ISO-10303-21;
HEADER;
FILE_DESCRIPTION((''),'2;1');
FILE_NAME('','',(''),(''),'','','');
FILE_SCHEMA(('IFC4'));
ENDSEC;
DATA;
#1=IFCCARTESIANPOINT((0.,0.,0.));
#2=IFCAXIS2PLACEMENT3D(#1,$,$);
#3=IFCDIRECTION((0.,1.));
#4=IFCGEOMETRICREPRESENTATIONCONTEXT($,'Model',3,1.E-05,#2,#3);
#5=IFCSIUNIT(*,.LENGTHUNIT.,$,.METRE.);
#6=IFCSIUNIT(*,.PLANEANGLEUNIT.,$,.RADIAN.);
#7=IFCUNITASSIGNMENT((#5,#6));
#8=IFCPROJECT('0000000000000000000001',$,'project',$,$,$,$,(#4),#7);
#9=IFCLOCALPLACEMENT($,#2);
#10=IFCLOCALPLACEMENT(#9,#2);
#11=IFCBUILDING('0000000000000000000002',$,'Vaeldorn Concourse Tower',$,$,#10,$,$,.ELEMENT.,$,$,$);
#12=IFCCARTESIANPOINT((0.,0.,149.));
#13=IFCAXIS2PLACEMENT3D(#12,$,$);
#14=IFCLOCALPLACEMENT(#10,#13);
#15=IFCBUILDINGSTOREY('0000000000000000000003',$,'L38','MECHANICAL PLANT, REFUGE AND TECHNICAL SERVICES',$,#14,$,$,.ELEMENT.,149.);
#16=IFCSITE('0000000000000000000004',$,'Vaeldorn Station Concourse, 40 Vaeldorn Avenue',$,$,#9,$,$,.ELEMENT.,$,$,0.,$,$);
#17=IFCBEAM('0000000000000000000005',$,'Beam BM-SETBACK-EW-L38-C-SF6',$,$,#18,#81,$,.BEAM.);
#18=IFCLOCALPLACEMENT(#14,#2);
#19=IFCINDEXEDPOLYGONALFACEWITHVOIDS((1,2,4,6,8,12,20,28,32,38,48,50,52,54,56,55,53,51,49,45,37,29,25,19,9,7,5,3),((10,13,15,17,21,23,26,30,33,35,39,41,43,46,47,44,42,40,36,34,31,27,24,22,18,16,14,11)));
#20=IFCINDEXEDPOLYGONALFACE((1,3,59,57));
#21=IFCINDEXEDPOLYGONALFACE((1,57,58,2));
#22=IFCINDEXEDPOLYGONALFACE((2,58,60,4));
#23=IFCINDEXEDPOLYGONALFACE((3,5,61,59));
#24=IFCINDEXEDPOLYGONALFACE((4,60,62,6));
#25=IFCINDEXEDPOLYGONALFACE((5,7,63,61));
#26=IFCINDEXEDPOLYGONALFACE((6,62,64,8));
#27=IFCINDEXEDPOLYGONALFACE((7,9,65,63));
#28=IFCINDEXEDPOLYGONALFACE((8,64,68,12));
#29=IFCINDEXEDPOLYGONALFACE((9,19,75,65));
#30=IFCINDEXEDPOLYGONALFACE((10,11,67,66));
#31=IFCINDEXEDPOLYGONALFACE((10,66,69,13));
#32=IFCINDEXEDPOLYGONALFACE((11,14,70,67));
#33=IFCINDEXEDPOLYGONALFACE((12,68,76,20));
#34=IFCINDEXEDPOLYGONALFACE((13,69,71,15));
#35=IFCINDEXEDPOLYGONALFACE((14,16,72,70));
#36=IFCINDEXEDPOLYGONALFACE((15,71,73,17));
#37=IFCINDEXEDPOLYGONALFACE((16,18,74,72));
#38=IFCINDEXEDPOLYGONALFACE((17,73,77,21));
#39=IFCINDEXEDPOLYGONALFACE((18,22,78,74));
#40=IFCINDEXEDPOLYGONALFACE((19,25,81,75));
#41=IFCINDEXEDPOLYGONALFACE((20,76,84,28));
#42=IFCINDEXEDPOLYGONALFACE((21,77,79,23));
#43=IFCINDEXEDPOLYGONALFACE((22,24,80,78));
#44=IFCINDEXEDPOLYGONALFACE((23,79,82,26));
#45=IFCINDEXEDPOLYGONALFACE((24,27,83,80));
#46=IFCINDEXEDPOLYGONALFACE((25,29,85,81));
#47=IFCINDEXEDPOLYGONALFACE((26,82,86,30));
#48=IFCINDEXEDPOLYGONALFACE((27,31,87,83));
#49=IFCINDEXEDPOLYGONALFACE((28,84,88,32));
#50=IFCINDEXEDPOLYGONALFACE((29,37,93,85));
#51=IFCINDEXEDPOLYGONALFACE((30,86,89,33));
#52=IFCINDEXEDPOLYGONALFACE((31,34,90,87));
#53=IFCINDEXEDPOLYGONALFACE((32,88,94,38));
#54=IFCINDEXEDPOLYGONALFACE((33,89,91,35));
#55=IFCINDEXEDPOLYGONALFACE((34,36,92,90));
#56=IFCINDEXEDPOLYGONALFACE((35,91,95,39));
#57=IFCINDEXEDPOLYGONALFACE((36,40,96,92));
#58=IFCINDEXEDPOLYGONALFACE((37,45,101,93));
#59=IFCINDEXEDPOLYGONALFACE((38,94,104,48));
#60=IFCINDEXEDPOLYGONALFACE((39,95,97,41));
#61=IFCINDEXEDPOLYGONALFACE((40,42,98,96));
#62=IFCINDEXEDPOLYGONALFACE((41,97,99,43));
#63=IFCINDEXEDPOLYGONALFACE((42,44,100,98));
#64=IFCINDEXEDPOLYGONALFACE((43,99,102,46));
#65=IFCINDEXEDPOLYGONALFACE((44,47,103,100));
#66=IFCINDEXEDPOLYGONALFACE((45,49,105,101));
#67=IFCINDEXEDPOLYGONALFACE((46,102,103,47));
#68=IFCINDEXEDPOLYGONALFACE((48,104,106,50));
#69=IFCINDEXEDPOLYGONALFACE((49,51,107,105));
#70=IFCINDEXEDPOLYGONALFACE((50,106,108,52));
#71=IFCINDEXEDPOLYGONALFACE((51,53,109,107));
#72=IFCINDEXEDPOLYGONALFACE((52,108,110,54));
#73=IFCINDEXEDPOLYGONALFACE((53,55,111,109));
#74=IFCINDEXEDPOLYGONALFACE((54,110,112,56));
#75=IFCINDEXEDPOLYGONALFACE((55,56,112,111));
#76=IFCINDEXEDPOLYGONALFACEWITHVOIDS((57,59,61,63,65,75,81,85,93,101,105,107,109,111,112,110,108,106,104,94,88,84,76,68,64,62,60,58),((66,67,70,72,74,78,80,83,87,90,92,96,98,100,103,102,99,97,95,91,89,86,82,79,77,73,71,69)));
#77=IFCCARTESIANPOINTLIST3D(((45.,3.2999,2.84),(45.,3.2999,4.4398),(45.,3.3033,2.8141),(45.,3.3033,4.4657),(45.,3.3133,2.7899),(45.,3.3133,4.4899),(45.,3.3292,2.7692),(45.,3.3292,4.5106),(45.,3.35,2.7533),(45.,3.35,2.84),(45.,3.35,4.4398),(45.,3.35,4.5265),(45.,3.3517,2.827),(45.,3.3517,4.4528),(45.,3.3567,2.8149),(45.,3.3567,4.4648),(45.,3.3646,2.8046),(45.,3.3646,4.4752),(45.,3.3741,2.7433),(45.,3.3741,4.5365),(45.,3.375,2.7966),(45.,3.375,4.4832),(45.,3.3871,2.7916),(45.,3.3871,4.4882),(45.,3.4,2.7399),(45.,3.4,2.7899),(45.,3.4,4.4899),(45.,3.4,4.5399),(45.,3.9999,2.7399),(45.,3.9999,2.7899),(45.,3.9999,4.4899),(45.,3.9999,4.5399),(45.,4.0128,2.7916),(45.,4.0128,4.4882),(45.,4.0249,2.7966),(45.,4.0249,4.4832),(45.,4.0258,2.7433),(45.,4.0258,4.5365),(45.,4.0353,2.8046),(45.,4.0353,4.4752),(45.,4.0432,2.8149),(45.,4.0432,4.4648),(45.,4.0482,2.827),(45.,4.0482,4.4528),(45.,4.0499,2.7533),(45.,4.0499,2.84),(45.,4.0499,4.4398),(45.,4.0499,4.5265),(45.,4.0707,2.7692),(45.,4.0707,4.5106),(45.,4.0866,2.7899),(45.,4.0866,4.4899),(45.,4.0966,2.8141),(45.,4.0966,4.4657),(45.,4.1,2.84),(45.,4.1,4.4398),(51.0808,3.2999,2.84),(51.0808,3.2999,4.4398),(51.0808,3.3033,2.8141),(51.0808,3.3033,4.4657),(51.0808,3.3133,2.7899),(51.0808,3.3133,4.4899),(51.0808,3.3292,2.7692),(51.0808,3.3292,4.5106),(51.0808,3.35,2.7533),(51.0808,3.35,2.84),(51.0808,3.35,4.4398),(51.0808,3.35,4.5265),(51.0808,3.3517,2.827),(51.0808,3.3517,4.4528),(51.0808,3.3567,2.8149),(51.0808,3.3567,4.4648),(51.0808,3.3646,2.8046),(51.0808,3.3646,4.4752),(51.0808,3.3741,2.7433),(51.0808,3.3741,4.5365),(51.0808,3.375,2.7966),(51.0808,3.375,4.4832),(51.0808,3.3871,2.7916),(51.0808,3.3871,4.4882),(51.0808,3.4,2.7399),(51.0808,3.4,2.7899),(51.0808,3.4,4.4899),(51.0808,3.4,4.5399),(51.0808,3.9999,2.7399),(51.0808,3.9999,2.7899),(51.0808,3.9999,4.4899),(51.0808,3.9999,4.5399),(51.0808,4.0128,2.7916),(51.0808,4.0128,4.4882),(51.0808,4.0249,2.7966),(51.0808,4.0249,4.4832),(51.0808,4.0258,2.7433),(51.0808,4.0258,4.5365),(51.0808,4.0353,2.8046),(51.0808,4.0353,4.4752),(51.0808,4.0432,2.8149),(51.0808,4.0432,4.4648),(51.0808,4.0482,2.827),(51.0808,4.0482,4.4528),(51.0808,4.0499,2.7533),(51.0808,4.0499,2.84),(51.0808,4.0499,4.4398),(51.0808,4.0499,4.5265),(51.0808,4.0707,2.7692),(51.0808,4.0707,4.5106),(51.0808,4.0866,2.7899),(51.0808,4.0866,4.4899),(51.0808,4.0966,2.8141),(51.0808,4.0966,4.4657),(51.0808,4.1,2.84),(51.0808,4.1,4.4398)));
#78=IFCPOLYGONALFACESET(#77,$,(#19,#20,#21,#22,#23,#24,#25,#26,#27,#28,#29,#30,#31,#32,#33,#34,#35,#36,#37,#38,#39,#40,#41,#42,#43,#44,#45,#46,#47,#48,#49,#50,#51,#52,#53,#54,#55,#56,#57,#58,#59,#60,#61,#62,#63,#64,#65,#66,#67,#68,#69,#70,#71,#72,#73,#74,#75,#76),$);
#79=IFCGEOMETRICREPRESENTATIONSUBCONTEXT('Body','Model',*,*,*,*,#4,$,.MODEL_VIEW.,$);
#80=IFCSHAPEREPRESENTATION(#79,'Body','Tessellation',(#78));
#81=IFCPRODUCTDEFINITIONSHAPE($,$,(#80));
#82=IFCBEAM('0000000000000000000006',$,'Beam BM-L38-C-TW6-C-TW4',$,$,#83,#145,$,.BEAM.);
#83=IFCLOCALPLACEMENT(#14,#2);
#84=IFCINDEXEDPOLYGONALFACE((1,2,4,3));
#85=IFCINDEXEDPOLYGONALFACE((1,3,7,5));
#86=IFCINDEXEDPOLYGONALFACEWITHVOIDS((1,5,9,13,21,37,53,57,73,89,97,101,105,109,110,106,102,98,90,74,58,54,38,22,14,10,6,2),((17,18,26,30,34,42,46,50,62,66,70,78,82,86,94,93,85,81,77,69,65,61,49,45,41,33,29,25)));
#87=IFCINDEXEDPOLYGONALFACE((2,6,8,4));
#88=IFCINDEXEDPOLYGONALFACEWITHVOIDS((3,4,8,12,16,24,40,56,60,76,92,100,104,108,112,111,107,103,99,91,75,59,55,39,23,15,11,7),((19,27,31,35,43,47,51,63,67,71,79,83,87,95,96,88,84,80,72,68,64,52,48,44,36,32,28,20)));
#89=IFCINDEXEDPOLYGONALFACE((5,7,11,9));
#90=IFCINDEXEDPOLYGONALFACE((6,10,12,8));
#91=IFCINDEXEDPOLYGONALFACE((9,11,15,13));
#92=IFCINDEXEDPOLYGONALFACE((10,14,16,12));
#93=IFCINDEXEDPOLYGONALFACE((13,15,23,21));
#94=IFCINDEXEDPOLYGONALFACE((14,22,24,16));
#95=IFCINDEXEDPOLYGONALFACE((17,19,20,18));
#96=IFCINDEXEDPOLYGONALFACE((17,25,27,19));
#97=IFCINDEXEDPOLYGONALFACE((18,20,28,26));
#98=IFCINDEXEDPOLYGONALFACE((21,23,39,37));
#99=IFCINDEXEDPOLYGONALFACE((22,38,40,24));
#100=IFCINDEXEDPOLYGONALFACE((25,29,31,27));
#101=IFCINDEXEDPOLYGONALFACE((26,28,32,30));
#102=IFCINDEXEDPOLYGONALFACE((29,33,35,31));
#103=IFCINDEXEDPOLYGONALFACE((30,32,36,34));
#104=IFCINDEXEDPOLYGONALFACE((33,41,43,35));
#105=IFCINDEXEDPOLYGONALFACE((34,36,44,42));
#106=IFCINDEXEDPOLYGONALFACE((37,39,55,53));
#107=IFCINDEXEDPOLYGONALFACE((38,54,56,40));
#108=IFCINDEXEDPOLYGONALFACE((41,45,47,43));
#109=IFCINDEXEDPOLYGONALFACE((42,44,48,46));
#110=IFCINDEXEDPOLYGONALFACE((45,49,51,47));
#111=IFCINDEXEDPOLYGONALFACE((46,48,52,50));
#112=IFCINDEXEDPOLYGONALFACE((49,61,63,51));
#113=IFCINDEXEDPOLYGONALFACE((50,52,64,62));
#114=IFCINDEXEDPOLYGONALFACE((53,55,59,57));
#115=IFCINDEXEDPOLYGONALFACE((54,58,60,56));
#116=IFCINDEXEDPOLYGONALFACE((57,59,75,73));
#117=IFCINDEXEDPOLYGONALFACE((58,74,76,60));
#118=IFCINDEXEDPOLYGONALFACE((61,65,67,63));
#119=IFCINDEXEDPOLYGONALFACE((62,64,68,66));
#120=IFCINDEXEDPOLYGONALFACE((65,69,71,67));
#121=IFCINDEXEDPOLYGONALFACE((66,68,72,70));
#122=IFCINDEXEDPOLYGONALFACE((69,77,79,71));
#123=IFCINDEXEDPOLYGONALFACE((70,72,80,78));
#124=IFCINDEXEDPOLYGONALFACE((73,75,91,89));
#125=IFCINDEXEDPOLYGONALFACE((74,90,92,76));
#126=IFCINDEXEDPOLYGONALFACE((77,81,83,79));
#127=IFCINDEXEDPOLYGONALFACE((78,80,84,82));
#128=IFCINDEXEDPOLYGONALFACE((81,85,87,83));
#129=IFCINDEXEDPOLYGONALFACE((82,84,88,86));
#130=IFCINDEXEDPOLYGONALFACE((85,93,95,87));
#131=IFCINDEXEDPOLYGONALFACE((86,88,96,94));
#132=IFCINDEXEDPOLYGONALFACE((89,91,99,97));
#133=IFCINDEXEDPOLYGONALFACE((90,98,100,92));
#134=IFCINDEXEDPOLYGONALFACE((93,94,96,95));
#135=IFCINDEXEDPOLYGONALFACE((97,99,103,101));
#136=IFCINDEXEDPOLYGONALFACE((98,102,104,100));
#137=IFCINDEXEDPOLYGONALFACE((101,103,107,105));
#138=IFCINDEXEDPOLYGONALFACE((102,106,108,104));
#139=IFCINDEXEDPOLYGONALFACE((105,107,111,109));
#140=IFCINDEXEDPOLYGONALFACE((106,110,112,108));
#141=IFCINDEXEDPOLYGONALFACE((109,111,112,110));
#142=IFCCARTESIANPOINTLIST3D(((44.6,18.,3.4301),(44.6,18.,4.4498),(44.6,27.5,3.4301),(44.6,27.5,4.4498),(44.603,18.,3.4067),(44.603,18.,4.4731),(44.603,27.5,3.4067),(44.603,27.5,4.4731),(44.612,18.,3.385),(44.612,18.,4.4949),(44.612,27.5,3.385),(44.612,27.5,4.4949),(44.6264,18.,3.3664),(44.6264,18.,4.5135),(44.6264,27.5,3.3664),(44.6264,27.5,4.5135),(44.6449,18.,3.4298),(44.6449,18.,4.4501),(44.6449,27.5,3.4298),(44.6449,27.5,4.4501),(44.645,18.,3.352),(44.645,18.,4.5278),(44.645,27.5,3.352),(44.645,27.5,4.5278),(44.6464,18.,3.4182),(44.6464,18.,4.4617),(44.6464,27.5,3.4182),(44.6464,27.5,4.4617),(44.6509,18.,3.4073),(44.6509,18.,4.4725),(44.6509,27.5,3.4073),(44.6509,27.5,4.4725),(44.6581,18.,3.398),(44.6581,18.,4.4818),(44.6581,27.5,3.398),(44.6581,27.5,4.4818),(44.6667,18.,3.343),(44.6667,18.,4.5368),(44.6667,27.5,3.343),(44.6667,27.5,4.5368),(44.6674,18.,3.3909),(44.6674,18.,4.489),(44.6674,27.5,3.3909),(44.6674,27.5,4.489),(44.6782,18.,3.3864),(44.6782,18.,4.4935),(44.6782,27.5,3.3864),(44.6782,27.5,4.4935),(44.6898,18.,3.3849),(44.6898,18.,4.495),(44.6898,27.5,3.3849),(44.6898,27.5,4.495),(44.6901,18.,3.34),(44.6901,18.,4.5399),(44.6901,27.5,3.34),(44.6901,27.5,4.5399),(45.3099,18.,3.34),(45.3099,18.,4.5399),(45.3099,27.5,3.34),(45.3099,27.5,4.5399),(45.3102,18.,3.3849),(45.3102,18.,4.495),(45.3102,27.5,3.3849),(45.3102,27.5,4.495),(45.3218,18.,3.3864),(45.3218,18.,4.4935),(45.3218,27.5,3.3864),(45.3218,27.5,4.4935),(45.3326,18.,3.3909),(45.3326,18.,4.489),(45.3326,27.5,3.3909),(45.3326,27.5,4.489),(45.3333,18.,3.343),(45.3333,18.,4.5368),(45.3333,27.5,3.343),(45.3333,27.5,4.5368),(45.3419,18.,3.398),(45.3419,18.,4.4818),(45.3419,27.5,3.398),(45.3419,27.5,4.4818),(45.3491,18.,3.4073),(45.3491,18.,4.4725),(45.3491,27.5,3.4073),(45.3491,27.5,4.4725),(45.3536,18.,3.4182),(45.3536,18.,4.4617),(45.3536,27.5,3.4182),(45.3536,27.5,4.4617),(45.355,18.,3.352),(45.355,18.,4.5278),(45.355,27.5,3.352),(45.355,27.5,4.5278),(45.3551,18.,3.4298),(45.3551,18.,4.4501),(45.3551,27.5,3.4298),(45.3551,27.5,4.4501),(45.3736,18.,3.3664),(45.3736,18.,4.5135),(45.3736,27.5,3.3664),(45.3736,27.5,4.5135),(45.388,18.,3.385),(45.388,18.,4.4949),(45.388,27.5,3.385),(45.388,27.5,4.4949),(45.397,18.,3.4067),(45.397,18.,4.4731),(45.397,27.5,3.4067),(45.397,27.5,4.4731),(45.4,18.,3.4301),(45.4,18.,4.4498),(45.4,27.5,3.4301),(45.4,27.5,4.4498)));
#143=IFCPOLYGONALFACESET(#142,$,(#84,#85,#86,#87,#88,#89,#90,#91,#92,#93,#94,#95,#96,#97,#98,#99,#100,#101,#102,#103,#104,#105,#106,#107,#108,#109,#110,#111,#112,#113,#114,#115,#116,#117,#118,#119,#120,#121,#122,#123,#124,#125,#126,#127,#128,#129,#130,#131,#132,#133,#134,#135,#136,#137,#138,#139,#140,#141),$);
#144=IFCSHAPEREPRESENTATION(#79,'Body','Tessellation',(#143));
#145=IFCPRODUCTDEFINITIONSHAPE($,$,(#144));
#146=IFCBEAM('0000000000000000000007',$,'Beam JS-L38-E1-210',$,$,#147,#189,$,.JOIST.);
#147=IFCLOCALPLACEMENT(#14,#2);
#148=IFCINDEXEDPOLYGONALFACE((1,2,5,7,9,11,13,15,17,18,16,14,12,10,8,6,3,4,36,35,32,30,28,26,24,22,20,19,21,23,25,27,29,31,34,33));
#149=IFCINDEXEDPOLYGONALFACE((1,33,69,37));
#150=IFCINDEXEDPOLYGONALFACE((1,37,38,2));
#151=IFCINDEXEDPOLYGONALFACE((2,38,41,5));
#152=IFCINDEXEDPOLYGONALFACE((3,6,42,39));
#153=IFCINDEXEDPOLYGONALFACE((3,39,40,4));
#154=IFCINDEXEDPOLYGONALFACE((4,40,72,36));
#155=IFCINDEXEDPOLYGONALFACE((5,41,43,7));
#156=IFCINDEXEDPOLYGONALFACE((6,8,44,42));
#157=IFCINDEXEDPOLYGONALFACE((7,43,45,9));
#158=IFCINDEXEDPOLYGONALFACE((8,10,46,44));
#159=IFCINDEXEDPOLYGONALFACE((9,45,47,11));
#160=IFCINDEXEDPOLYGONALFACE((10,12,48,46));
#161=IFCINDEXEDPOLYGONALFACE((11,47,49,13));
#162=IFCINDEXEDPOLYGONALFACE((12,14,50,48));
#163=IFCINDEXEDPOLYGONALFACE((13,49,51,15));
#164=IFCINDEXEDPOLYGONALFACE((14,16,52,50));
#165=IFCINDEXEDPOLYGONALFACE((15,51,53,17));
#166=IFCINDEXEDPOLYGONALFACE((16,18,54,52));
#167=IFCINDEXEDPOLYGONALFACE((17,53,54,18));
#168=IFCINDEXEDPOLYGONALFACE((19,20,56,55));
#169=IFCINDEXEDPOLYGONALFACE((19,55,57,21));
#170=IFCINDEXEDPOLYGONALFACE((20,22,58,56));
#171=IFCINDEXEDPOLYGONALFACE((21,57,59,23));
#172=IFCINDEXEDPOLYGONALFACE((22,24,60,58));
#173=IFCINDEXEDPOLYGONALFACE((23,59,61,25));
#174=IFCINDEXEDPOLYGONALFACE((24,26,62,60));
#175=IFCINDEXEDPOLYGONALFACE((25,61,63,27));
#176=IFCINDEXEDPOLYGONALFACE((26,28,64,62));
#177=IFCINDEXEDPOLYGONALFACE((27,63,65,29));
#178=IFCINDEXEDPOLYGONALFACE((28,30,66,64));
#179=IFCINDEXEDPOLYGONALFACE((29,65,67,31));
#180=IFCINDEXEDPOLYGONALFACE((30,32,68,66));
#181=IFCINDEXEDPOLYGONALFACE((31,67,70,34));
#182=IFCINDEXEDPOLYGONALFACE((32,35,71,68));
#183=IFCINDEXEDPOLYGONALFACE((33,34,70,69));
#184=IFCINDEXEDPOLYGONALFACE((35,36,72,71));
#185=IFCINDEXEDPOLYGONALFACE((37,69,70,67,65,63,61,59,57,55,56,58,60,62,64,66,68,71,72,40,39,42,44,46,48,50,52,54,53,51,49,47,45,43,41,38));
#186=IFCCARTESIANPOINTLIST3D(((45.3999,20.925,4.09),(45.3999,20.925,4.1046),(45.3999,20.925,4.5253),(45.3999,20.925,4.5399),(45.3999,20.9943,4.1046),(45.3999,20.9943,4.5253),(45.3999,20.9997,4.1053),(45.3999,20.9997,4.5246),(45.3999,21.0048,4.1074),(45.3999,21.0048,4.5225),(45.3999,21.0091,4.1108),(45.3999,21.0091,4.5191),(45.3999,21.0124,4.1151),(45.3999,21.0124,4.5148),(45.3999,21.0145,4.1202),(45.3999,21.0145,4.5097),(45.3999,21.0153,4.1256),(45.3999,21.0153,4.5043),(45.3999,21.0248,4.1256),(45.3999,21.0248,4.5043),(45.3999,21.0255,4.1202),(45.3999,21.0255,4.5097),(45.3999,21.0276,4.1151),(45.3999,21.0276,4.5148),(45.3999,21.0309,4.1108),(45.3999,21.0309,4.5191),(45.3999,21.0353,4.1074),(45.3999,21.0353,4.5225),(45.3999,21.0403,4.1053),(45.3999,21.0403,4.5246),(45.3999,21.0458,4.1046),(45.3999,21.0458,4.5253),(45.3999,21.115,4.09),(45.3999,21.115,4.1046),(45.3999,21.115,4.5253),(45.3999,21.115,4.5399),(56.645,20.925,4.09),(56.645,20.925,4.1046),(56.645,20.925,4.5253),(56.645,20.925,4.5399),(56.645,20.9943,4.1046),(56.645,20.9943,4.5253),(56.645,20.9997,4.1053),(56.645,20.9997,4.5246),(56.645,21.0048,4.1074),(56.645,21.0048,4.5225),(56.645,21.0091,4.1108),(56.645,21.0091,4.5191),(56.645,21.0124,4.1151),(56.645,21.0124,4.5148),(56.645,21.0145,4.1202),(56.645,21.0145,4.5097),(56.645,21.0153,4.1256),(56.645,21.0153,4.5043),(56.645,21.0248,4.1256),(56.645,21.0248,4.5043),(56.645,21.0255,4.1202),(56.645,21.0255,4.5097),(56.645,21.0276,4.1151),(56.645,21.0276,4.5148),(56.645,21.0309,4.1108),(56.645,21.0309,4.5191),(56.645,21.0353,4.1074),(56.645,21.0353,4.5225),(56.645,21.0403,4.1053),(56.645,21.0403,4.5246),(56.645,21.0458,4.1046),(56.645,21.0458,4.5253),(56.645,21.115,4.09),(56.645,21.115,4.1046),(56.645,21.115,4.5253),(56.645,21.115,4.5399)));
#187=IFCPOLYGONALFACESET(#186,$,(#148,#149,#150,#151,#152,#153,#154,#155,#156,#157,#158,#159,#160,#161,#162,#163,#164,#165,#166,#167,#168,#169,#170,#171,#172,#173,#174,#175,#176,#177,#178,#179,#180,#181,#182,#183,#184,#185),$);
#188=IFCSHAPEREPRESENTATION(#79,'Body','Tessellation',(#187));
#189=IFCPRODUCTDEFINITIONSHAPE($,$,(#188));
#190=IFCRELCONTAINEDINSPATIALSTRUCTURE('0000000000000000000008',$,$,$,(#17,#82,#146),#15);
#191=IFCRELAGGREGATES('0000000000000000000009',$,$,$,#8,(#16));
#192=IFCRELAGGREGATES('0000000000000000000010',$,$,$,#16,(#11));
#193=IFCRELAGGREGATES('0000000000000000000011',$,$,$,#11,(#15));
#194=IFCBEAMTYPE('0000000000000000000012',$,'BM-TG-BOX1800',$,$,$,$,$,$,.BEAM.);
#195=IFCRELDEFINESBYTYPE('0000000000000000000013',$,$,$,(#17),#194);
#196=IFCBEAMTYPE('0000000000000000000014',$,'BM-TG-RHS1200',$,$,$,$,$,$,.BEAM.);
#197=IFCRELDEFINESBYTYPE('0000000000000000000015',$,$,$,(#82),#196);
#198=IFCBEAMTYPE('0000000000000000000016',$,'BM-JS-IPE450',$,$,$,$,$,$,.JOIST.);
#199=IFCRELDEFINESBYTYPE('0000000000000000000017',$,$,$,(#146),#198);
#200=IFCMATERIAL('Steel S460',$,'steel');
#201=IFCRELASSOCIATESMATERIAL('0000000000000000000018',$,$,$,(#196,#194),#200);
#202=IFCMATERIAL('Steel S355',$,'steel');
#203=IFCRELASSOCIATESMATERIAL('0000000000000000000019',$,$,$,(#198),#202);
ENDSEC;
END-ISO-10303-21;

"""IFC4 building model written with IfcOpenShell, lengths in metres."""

from ifc_helpers import new_model, si_unit, direction, frame, origin, origin_2d, place, context, subcontext, project, spatial, hollow_rectangle, i_section, extrude, source, transform, mapped, material, material_profile, profile_set, type_object, element, save


model = new_model("IFC4")

# Units and contexts
model_context = context("Model", 3, precision=1e-05, world=origin(), true_north=direction((0.0, 1.0)))
body_context = subcontext(model_context, "Body", "Model", "MODEL_VIEW")
ifc_project = project(units=[si_unit("LENGTHUNIT", "METRE"), si_unit("PLANEANGLEUNIT", "RADIAN")], contexts=[model_context])

# Site, building, storey
site_placement = place(None, origin())
site = spatial("IfcSite", under=ifc_project, at=site_placement, Name="Vaeldorn Station Concourse, 40 Vaeldorn Avenue", CompositionType="ELEMENT", RefElevation=0.0)
building_placement = place(site_placement, origin())
building = spatial("IfcBuilding", under=site, at=building_placement, Name="Vaeldorn Concourse Tower", CompositionType="ELEMENT")
storey_placement = place(building_placement, frame((0.0, 0.0, 149.0)))
storey = spatial("IfcBuildingStorey", under=building, at=storey_placement, Name="L38", Description="MECHANICAL PLANT, REFUGE AND TECHNICAL SERVICES", CompositionType="ELEMENT", Elevation=149.0)

# Shared definitions
ifc_material_1 = material(Name="Steel S460", Category="steel")

# Beams
ifc_material_profile_1 = material_profile(ifc_material_1, hollow_rectangle(XDim=0.8, YDim=1.2, WallThickness=0.0449, InnerFilletRadius=0.0449, OuterFilletRadius=0.0901, at=origin_2d()), Name="RHS 1200x800x45")
ifc_profile_set_1 = profile_set([ifc_material_profile_1], Name="Steel S460")
beam_type_1 = type_object("IfcBeamType", Name="BM-TG-RHS1200", PredefinedType="BEAM", material=ifc_profile_set_1)
ifc_material_profile_2 = material_profile(ifc_material_1, hollow_rectangle(XDim=0.8, YDim=1.8, WallThickness=0.05, InnerFilletRadius=0.05, OuterFilletRadius=0.1001, at=origin_2d()), Name="RHS 1800x800x50")
ifc_profile_set_2 = profile_set([ifc_material_profile_2], Name="Steel S460")
beam_type_2 = type_object("IfcBeamType", Name="BM-TG-BOX1800", PredefinedType="BEAM", material=ifc_profile_set_2)
shared_shape_1 = source(origin(), body_context, "Body", "SweptSolid", [
    extrude(hollow_rectangle(XDim=0.8, YDim=1.8, WallThickness=0.05, InnerFilletRadius=0.05, OuterFilletRadius=0.1001, at=origin_2d()), origin(), (0.0, 0.0, 1.0), 6.0808),
])
beam_1_placement = place(storey_placement, frame((51.0808, 3.7, 3.6399), z_axis=(-1.0, 0.0, 0.0), x_axis=(0.0, -1.0, 0.0)))
element("IfcBeam", 1, at=beam_1_placement, inside=storey, type_object=beam_type_2, Name="Beam BM-SETBACK-EW-L38-C-SF6", PredefinedType="BEAM", context=body_context, shape_type="MappedRepresentation", body=[
    mapped(shared_shape_1, transform((0.0, 0.0, 0.0), scale=1.0)),
])
shared_shape_2 = source(origin(), body_context, "Body", "SweptSolid", [
    extrude(hollow_rectangle(XDim=0.8, YDim=1.2, WallThickness=0.0449, InnerFilletRadius=0.0449, OuterFilletRadius=0.0901, at=origin_2d()), origin(), (0.0, 0.0, 1.0), 9.5),
])
beam_2_placement = place(storey_placement, frame((45.0, 18.0, 3.9399), z_axis=(0.0, 1.0, 0.0), x_axis=(-1.0, 0.0, 0.0)))
element("IfcBeam", 2, at=beam_2_placement, inside=storey, type_object=beam_type_1, Name="Beam BM-L38-C-TW6-C-TW4", PredefinedType="BEAM", context=body_context, shape_type="MappedRepresentation", body=[
    mapped(shared_shape_2, transform((0.0, 0.0, 0.0), scale=1.0)),
])
ifc_material_2 = material(Name="Steel S355", Category="steel")
ifc_material_profile_3 = material_profile(ifc_material_2, i_section(OverallWidth=0.1899, OverallDepth=0.45, WebThickness=0.0095, FlangeThickness=0.0146, FilletRadius=0.021, at=origin_2d()), Name="IPE 450")
ifc_profile_set_3 = profile_set([ifc_material_profile_3], Name="Steel S355")
beam_type_3 = type_object("IfcBeamType", Name="BM-JS-IPE450", PredefinedType="JOIST", material=ifc_profile_set_3)
shared_shape_3 = source(origin(), body_context, "Body", "SweptSolid", [
    extrude(i_section(OverallWidth=0.1899, OverallDepth=0.45, WebThickness=0.0095, FlangeThickness=0.0146, FilletRadius=0.021, at=origin_2d()), origin(), (0.0, 0.0, 1.0), 11.2451),
])
beam_3_placement = place(storey_placement, frame((45.3999, 21.02, 4.3149), z_axis=(1.0, 0.0, 0.0), x_axis=(0.0, 1.0, 0.0)))
element("IfcBeam", 3, at=beam_3_placement, inside=storey, type_object=beam_type_3, Name="Beam JS-L38-E1-210", PredefinedType="JOIST", context=body_context, shape_type="MappedRepresentation", body=[
    mapped(shared_shape_3, transform((0.0, 0.0, 0.0), scale=1.0)),
])

save(model, "model.ifc")
